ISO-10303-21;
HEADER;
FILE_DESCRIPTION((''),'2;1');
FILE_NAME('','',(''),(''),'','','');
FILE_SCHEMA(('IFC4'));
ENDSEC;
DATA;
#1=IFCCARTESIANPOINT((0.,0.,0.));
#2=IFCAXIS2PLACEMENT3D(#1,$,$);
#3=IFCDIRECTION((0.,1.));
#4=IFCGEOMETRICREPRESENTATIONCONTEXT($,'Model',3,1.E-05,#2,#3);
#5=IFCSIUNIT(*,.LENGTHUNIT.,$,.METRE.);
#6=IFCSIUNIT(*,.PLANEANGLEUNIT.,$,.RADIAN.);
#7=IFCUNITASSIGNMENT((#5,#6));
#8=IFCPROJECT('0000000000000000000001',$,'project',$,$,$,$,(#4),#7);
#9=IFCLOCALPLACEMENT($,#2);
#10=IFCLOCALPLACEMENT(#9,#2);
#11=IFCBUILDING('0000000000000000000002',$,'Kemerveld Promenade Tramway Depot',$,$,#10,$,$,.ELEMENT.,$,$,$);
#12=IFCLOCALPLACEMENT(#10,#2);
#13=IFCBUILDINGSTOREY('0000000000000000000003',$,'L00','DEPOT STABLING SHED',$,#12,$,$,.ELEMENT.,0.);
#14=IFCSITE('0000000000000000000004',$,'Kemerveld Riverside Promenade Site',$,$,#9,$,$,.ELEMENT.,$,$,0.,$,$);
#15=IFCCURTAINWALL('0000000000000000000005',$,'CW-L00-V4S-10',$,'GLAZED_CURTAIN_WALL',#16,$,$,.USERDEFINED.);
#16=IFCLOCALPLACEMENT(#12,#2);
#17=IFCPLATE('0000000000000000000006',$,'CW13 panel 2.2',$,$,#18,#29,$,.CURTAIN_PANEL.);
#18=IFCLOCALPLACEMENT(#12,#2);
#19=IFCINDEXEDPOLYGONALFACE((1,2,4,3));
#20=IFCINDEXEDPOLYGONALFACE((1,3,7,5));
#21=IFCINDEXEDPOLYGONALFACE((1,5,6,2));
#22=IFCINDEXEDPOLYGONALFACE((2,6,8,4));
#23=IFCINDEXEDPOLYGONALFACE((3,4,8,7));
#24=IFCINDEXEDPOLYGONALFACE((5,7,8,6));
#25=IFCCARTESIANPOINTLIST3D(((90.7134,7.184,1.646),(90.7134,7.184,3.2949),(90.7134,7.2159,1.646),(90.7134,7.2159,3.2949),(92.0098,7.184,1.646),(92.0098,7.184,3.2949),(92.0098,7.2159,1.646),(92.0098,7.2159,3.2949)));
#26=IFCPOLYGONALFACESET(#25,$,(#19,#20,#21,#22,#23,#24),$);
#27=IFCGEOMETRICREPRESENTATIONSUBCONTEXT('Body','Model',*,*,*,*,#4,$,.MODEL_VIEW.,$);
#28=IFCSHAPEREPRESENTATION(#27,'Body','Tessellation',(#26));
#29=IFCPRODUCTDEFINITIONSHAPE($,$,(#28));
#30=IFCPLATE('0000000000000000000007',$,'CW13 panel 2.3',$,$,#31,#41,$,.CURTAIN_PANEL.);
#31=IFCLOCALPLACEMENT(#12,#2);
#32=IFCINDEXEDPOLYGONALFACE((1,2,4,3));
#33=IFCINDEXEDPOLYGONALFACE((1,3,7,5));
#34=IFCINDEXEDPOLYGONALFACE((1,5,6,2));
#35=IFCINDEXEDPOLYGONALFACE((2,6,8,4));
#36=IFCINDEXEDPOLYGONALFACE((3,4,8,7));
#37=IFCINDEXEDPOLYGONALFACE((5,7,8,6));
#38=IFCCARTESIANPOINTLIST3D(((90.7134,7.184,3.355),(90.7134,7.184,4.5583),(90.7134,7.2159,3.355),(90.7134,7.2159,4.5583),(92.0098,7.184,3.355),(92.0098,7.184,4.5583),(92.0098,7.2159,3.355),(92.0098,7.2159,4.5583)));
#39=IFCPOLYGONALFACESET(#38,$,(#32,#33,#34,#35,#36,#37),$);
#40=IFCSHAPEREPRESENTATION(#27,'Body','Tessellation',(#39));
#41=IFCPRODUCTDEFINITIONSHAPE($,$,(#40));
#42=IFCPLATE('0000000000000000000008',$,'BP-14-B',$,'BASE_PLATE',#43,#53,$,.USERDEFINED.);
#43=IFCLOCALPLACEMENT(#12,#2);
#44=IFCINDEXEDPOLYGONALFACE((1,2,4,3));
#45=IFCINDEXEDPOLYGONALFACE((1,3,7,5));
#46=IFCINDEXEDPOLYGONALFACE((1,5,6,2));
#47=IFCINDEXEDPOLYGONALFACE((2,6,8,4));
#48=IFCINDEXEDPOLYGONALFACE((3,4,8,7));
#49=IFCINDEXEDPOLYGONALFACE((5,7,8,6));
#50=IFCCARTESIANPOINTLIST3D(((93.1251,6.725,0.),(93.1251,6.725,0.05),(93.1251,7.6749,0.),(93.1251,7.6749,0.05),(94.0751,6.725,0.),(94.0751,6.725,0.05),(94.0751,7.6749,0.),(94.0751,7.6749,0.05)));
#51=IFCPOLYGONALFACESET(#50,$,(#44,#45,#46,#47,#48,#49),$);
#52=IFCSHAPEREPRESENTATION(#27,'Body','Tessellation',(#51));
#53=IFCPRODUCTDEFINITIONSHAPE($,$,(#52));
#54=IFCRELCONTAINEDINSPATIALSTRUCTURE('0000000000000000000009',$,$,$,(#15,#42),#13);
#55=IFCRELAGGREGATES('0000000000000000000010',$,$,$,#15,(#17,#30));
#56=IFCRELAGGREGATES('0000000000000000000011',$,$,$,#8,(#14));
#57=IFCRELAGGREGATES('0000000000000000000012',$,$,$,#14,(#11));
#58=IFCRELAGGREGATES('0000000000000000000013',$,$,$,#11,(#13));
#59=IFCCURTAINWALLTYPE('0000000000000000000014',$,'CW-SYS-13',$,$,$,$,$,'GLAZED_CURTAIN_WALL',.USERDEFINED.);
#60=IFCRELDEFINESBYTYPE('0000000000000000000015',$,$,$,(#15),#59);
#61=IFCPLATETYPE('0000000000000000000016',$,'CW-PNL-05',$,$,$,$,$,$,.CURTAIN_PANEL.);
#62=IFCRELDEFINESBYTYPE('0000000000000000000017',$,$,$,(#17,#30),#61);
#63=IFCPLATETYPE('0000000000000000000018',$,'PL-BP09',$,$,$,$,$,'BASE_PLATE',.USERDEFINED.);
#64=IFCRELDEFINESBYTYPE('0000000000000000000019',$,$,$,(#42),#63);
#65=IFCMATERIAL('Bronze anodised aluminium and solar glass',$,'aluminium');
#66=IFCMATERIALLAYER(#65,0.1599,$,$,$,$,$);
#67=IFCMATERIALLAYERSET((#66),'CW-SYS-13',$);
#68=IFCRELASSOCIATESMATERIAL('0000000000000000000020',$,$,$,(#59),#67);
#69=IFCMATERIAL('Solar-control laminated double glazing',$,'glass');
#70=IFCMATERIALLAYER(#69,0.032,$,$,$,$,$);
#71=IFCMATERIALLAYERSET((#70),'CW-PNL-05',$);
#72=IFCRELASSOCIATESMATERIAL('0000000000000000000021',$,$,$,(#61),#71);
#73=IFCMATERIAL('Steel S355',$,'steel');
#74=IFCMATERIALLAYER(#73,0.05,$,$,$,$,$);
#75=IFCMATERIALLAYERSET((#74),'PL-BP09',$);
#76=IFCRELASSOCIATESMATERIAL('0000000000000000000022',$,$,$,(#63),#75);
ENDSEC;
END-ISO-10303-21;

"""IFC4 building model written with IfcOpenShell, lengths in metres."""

from ifc_helpers import new_model, si_unit, direction, frame, origin, origin_2d, place, context, subcontext, project, spatial, rectangle, extrude, material, layer, layer_set, type_object, element, aggregate, save


model = new_model("IFC4")

# Units and contexts
model_context = context("Model", 3, precision=1e-05, world=origin(), true_north=direction((0.0, 1.0)))
body_context = subcontext(model_context, "Body", "Model", "MODEL_VIEW")
ifc_project = project(units=[si_unit("LENGTHUNIT", "METRE"), si_unit("PLANEANGLEUNIT", "RADIAN")], contexts=[model_context])

# Site, building, storey
site_placement = place(None, origin())
site = spatial("IfcSite", under=ifc_project, at=site_placement, Name="Kemerveld Riverside Promenade Site", CompositionType="ELEMENT", RefElevation=0.0)
building_placement = place(site_placement, origin())
building = spatial("IfcBuilding", under=site, at=building_placement, Name="Kemerveld Promenade Tramway Depot", CompositionType="ELEMENT")
storey_placement = place(building_placement, origin())
storey = spatial("IfcBuildingStorey", under=building, at=storey_placement, Name="L00", Description="DEPOT STABLING SHED", CompositionType="ELEMENT", Elevation=0.0)

# Shared definitions
ifc_material_1 = material(Name="Steel S355", Category="steel")

# Curtain wall, plates
ifc_material_2 = material(Name="Bronze anodised aluminium and solar glass", Category="aluminium")
ifc_layer_1 = layer(ifc_material_2, 0.1599)
ifc_layer_set_1 = layer_set([ifc_layer_1], Name="CW-SYS-13")
curtain_wall_type = type_object("IfcCurtainWallType", Name="CW-SYS-13", ElementType="GLAZED_CURTAIN_WALL", PredefinedType="USERDEFINED", material=ifc_layer_set_1)
curtain_wall_placement = place(storey_placement, origin())
curtain_wall = element("IfcCurtainWall", 1, at=curtain_wall_placement, inside=storey, type_object=curtain_wall_type, Name="CW-L00-V4S-10", ObjectType="GLAZED_CURTAIN_WALL", PredefinedType="USERDEFINED")
ifc_material_3 = material(Name="Solar-control laminated double glazing", Category="glass")
ifc_layer_2 = layer(ifc_material_3, 0.032)
ifc_layer_set_2 = layer_set([ifc_layer_2], Name="CW-PNL-05")
plate_type_1 = type_object("IfcPlateType", Name="CW-PNL-05", PredefinedType="CURTAIN_PANEL", material=ifc_layer_set_2)
plate_1_placement = place(storey_placement, frame((91.3616, 7.2, 1.646), z_axis=(0.0, 0.0, 1.0), x_axis=(-1.0, 0.0, 0.0)))
plate_1 = element("IfcPlate", 2, at=plate_1_placement, type_object=plate_type_1, Name="CW13 panel 2.2", PredefinedType="CURTAIN_PANEL", context=body_context, shape_type="SweptSolid", body=[
    extrude(rectangle(XDim=1.2964, YDim=0.032, at=origin_2d()), origin(), (0.0, 0.0, 1.0), 1.6489),
])
plate_2_placement = place(storey_placement, frame((91.3616, 7.2, 3.355), z_axis=(0.0, 0.0, 1.0), x_axis=(-1.0, 0.0, 0.0)))
plate_2 = element("IfcPlate", 3, at=plate_2_placement, type_object=plate_type_1, Name="CW13 panel 2.3", PredefinedType="CURTAIN_PANEL", context=body_context, shape_type="SweptSolid", body=[
    extrude(rectangle(XDim=1.2964, YDim=0.032, at=origin_2d()), origin(), (0.0, 0.0, 1.0), 1.2034),
])
aggregate(curtain_wall, [plate_1, plate_2])

# Plate
ifc_layer_3 = layer(ifc_material_1, 0.05)
ifc_layer_set_3 = layer_set([ifc_layer_3], Name="PL-BP09")
plate_type_2 = type_object("IfcPlateType", Name="PL-BP09", ElementType="BASE_PLATE", PredefinedType="USERDEFINED", material=ifc_layer_set_3)
plate_3_placement = place(storey_placement, frame((93.6001, 7.2, 0.0), z_axis=(0.0, 0.0, 1.0), x_axis=(1.0, 0.0, 0.0)))
element("IfcPlate", 4, at=plate_3_placement, inside=storey, type_object=plate_type_2, Name="BP-14-B", ObjectType="BASE_PLATE", PredefinedType="USERDEFINED", context=body_context, shape_type="SweptSolid", body=[
    extrude(rectangle(XDim=0.95, YDim=0.95, at=origin_2d()), origin(), (0.0, 0.0, 1.0), 0.05),
])

save(model, "model.ifc")
